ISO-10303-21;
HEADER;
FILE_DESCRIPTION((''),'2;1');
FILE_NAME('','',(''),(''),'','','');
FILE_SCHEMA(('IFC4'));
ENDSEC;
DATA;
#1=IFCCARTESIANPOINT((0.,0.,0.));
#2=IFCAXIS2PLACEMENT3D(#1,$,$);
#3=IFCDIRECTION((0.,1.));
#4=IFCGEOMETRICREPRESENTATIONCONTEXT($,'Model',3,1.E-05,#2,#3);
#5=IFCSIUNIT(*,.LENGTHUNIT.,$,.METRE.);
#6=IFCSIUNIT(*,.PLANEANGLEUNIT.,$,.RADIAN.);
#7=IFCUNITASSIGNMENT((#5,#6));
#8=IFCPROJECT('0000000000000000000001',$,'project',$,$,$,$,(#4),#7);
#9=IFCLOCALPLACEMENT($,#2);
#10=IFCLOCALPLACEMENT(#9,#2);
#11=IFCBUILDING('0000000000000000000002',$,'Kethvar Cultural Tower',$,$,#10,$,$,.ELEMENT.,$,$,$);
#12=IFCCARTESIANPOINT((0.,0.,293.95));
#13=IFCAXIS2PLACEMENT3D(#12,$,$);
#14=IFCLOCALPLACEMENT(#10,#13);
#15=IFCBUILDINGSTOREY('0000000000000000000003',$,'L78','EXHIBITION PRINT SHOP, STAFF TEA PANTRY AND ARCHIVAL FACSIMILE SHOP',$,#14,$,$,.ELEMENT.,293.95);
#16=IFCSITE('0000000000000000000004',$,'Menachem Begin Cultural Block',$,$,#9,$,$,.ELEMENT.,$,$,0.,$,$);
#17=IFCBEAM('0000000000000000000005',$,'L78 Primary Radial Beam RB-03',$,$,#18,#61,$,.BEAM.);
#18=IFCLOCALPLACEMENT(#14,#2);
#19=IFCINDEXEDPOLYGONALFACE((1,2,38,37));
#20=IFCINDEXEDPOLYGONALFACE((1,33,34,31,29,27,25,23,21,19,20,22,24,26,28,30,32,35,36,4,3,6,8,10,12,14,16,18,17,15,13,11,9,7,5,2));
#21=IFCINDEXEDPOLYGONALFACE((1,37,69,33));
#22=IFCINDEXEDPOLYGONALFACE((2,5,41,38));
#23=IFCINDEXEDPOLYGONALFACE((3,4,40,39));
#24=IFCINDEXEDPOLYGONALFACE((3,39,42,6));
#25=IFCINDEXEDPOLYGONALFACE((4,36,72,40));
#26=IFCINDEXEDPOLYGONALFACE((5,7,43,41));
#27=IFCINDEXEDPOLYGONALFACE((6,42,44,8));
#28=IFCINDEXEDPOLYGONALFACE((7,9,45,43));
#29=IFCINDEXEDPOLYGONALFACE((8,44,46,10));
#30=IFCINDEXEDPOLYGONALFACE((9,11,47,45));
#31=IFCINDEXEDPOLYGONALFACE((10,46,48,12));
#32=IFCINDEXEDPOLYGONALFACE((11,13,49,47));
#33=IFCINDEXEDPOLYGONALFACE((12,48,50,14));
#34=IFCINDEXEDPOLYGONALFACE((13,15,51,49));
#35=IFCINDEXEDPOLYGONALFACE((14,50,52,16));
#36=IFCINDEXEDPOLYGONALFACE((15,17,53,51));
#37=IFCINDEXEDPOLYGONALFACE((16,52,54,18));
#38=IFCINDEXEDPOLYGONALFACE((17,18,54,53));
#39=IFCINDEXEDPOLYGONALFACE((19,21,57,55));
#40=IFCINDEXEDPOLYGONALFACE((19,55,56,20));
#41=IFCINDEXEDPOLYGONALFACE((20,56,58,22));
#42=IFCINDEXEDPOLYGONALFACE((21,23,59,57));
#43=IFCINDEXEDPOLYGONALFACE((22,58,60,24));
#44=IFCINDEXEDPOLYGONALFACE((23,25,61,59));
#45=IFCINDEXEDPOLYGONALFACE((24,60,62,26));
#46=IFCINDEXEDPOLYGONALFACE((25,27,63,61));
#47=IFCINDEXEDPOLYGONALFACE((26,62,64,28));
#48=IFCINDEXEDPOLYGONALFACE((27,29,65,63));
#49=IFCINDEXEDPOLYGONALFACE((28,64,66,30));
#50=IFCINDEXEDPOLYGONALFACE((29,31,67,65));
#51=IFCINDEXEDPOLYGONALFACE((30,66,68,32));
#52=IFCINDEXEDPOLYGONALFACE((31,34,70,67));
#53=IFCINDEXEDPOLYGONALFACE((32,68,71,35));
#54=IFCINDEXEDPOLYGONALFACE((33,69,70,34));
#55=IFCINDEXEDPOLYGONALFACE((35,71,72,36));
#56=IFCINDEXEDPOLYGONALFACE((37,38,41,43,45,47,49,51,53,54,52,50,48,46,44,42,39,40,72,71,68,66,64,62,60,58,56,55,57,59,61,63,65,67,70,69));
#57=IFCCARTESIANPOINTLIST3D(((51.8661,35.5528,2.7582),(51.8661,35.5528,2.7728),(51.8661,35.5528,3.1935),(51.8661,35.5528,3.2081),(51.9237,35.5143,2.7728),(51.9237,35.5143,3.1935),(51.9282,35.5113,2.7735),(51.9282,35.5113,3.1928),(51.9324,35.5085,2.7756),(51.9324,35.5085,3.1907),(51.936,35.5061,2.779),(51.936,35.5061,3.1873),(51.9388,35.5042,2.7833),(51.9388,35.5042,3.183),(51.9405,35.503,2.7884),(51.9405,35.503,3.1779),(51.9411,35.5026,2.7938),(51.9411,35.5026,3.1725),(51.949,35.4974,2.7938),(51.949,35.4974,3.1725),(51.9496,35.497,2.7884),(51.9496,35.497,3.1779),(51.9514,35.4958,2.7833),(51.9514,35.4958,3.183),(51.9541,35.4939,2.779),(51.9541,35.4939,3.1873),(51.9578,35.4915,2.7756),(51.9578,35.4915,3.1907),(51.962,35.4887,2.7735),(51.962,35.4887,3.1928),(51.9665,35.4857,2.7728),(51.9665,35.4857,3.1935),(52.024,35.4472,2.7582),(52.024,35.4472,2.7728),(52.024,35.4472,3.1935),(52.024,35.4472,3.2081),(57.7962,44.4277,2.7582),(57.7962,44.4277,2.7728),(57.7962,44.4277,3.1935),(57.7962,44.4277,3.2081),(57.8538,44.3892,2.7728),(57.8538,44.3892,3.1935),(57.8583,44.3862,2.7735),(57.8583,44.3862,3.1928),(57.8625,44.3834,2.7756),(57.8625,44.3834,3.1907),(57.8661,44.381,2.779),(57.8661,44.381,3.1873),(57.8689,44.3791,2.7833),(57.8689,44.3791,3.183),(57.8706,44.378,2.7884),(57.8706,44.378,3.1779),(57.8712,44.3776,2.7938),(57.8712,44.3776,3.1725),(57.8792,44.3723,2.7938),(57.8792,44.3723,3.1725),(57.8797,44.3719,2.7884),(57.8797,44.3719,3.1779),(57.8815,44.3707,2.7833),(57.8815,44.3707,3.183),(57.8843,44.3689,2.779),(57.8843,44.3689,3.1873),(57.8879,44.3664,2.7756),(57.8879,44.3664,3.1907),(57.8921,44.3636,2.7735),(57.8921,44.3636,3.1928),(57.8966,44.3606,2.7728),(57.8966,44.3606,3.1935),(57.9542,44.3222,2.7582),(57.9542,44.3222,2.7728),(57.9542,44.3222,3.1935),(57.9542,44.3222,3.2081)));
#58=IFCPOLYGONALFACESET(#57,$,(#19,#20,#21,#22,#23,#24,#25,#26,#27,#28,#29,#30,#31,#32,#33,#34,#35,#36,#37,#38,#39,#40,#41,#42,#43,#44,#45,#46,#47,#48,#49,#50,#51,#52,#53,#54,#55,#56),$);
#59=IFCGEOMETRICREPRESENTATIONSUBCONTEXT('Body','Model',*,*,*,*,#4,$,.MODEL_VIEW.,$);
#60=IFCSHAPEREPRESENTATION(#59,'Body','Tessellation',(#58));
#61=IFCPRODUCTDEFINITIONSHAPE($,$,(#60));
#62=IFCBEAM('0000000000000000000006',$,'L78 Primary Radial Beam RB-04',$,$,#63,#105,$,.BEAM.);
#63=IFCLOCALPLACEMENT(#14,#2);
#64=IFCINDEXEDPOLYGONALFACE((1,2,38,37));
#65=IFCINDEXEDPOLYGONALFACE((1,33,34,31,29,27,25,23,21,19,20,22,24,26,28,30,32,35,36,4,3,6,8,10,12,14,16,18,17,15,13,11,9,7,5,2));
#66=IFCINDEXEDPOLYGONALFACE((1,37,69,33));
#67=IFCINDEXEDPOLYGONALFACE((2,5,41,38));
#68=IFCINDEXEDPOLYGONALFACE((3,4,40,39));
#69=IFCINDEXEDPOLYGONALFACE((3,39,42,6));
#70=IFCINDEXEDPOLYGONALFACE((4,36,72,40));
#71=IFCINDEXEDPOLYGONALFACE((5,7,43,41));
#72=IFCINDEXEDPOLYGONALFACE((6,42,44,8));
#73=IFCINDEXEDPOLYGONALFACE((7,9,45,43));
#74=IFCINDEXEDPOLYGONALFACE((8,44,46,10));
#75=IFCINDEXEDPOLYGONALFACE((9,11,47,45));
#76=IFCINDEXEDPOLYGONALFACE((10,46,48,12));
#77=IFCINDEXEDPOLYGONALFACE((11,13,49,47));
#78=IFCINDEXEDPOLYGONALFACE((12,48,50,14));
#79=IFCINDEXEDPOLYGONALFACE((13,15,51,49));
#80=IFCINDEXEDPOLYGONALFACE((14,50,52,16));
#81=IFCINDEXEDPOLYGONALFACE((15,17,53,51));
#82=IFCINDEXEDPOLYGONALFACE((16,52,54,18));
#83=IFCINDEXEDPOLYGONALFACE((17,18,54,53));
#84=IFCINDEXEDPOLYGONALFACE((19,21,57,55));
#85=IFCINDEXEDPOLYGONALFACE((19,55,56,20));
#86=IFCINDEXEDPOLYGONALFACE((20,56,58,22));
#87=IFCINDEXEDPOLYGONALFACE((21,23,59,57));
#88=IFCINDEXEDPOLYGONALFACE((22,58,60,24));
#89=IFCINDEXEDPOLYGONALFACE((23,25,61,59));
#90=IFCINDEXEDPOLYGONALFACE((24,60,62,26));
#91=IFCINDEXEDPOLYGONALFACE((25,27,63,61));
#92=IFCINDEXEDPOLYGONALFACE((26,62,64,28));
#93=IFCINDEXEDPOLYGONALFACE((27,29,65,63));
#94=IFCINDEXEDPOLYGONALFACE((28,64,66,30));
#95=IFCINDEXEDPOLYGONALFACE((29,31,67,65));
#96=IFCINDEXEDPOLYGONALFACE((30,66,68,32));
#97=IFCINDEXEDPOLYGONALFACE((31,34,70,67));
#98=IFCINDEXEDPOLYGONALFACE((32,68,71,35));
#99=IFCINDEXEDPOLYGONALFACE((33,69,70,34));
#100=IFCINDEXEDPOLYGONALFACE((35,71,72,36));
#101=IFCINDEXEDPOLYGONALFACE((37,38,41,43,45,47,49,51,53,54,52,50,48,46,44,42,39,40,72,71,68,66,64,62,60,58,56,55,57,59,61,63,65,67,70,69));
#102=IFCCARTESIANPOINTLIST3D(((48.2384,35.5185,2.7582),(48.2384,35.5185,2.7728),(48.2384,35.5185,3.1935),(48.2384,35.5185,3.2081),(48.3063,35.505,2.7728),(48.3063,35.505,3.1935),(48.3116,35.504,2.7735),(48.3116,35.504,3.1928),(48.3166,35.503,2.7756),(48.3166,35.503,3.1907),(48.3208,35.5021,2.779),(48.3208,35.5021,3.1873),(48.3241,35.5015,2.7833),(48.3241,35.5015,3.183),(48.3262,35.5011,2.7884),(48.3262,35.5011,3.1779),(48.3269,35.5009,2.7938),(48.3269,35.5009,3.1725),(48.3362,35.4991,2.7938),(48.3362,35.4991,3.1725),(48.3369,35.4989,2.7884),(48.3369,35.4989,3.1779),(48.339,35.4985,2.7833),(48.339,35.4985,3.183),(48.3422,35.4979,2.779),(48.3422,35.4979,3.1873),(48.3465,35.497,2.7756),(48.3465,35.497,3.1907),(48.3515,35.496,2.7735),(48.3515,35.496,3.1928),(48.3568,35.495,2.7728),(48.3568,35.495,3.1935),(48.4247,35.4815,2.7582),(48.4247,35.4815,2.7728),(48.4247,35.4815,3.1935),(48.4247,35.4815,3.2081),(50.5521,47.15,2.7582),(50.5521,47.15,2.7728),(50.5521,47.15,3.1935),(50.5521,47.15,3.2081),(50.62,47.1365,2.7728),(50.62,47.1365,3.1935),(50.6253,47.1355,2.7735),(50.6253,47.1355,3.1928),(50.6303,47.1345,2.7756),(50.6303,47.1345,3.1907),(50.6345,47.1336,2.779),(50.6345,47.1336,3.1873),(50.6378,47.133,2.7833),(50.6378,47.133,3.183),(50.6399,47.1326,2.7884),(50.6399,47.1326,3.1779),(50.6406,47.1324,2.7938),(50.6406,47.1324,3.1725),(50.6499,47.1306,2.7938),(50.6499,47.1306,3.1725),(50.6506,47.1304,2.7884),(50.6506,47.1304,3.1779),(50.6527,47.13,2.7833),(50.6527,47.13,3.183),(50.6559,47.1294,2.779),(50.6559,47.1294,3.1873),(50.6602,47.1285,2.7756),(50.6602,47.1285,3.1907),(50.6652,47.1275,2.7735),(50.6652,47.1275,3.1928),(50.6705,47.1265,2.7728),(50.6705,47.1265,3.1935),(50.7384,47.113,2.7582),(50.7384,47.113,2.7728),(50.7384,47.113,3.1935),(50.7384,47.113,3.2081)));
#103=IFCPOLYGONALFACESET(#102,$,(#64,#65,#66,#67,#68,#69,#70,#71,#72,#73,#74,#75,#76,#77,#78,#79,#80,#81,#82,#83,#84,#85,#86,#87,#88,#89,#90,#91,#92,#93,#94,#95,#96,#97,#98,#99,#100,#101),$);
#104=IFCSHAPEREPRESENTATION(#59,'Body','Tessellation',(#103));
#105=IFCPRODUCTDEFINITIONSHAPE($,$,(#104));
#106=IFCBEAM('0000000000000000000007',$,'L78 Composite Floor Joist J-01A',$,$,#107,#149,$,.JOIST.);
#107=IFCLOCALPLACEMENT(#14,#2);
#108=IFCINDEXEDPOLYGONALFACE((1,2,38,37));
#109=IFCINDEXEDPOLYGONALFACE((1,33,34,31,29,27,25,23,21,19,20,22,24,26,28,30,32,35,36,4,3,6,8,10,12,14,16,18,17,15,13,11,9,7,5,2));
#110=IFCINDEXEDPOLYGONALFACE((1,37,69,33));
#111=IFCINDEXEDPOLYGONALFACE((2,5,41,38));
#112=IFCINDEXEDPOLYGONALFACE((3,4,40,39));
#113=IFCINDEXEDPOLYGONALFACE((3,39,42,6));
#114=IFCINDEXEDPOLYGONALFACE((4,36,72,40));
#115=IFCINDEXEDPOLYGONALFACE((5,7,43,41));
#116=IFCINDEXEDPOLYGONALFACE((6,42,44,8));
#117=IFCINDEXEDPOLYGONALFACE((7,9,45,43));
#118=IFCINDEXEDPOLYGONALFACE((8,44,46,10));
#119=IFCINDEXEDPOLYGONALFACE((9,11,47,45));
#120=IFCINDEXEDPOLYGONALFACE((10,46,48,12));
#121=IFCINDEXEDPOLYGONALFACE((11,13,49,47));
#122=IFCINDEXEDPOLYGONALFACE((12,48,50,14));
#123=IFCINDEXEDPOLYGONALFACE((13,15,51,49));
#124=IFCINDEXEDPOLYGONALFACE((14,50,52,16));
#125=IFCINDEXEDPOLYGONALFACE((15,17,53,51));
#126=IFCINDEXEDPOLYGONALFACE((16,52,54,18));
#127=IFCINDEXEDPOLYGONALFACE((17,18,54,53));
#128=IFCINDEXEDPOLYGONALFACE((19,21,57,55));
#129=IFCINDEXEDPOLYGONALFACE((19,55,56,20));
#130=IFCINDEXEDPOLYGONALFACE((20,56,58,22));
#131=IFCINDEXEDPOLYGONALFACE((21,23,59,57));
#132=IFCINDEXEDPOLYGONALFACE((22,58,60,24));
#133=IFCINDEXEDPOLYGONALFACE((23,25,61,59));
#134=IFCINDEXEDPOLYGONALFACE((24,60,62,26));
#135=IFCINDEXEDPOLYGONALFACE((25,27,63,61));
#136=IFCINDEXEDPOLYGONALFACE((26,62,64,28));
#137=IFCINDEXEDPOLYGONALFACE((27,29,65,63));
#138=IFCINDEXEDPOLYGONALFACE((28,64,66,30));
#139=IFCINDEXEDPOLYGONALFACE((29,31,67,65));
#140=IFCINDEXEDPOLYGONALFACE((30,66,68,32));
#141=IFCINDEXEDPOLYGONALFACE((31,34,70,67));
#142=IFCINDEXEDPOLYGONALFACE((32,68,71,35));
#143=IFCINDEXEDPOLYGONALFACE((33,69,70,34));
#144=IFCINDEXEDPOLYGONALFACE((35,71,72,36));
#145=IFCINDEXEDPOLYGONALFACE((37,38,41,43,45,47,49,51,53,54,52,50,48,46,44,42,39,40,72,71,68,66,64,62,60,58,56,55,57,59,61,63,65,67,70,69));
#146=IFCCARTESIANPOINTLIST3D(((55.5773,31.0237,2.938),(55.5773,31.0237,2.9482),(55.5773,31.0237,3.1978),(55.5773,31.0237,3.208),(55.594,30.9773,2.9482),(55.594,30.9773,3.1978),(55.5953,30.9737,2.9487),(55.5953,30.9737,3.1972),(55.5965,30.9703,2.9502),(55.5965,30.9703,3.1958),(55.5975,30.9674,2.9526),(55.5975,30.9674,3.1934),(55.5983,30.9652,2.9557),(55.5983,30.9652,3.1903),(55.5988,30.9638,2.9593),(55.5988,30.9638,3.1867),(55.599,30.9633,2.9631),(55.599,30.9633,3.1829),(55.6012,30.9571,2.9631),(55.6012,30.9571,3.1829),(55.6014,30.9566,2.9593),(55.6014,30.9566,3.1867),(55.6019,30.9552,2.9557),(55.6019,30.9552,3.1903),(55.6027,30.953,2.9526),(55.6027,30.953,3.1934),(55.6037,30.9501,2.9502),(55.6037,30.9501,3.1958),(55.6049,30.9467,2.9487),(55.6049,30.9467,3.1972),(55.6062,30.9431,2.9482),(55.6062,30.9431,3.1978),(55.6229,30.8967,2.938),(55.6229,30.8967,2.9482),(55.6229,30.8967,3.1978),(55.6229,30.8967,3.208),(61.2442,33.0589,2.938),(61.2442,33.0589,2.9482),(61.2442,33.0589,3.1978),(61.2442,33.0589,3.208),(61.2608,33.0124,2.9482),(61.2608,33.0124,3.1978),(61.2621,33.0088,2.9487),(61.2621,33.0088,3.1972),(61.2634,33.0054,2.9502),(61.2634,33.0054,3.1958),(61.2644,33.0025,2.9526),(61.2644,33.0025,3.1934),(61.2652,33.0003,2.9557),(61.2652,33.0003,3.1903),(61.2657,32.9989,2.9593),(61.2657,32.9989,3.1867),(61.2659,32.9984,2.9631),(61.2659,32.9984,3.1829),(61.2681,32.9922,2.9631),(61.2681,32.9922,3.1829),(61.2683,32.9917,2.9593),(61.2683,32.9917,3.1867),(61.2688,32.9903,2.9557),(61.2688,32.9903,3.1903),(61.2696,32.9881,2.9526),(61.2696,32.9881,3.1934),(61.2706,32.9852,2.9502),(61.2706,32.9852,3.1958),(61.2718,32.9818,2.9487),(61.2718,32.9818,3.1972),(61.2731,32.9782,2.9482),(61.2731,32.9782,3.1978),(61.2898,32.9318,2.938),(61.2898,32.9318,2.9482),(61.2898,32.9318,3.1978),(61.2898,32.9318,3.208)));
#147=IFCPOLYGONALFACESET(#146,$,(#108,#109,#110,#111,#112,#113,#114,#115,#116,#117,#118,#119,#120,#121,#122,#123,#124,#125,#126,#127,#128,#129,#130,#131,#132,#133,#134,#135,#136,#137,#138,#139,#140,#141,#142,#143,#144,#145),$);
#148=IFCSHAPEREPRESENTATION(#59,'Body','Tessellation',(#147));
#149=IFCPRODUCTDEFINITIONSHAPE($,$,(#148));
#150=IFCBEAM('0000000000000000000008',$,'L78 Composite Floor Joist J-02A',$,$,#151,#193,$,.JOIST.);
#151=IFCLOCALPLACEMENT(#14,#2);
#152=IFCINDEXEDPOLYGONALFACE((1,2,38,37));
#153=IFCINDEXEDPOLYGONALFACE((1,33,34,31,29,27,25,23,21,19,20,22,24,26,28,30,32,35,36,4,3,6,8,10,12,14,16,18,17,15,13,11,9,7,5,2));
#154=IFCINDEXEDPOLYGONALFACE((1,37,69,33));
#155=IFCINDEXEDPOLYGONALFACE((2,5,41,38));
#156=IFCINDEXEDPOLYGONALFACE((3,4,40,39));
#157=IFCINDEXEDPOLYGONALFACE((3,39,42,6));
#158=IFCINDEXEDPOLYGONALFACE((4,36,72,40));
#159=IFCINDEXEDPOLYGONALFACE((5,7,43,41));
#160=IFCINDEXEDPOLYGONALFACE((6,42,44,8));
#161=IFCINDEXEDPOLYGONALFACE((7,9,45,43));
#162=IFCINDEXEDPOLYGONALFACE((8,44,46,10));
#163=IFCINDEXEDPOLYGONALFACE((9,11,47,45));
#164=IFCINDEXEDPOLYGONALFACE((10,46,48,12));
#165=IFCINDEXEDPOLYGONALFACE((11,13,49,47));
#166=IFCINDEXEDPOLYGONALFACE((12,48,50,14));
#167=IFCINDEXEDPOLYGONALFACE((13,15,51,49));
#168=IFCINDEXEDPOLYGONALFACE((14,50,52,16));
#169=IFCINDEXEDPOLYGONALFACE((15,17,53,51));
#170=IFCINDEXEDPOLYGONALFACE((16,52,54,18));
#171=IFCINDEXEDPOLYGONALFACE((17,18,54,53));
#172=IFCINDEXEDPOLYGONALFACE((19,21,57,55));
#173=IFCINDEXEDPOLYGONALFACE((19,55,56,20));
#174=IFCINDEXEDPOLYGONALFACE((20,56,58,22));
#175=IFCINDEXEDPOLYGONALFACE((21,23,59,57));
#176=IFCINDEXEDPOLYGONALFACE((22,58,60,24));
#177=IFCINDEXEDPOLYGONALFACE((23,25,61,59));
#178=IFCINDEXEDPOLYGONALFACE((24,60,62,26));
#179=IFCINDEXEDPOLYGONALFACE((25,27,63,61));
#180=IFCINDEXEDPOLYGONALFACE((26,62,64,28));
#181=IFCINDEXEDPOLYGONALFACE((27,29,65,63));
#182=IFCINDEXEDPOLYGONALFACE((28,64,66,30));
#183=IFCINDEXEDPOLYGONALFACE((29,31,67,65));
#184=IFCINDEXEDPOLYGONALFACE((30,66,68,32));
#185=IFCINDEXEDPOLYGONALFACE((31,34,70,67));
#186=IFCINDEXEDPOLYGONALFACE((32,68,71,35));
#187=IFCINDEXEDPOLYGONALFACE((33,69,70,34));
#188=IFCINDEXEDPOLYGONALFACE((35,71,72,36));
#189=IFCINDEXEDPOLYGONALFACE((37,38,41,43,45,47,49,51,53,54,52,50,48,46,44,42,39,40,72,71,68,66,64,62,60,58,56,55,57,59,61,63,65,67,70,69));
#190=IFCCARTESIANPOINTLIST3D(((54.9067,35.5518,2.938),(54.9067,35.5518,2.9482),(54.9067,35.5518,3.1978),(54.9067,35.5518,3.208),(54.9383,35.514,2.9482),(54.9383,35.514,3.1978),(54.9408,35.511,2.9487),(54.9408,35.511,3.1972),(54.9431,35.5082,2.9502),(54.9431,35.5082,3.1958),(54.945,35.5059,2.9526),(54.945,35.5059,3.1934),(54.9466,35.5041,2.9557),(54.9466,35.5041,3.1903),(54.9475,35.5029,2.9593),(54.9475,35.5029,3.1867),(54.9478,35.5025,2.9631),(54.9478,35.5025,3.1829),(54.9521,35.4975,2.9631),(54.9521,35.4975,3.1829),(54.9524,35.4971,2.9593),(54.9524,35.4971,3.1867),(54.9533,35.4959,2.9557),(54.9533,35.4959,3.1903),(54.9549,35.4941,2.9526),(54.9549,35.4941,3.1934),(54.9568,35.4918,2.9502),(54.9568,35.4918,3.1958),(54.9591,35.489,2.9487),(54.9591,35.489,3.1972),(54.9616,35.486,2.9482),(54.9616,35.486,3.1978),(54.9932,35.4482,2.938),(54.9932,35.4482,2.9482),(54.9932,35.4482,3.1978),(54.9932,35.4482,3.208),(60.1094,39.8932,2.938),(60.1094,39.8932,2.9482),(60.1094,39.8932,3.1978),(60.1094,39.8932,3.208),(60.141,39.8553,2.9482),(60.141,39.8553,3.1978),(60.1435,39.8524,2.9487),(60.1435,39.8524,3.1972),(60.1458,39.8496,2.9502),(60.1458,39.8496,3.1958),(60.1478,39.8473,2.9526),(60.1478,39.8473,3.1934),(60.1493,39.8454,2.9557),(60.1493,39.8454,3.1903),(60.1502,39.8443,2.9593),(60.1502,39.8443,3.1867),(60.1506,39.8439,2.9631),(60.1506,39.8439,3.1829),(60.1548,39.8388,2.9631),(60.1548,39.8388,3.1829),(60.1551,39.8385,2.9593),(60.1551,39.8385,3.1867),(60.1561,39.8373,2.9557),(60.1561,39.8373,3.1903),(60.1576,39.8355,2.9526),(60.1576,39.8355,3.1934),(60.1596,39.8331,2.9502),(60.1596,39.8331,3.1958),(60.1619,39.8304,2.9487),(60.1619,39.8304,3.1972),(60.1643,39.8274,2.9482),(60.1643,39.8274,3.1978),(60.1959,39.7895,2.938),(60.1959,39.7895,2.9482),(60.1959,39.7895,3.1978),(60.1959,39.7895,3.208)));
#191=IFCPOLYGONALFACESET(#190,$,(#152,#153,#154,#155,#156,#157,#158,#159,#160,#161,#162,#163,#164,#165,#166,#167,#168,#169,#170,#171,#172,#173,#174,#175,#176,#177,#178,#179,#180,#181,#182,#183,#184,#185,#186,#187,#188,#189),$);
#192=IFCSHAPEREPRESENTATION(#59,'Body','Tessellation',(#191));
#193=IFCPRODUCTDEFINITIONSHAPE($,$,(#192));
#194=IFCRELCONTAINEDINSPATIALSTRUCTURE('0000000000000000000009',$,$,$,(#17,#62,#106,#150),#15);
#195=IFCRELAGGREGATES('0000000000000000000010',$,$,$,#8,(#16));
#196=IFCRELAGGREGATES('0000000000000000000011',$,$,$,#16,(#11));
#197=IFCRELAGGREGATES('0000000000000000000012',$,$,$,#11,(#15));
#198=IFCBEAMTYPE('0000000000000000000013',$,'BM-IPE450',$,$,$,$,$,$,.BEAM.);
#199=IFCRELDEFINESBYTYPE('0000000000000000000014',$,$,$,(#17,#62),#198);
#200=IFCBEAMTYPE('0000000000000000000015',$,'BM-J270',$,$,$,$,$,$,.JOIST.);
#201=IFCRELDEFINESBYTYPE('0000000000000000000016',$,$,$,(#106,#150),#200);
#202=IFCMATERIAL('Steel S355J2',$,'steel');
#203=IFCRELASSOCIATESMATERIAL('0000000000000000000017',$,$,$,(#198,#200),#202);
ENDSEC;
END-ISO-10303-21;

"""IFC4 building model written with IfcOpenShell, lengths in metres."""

from ifc_helpers import new_model, si_unit, direction, frame, origin, origin_2d, place, context, subcontext, project, spatial, i_section, extrude, source, transform, mapped, material, material_profile, profile_set, type_object, element, save


model = new_model("IFC4")

# Units and contexts
model_context = context("Model", 3, precision=1e-05, world=origin(), true_north=direction((0.0, 1.0)))
body_context = subcontext(model_context, "Body", "Model", "MODEL_VIEW")
ifc_project = project(units=[si_unit("LENGTHUNIT", "METRE"), si_unit("PLANEANGLEUNIT", "RADIAN")], contexts=[model_context])

# Site, building, storey
site_placement = place(None, origin())
site = spatial("IfcSite", under=ifc_project, at=site_placement, Name="Menachem Begin Cultural Block", CompositionType="ELEMENT", RefElevation=0.0)
building_placement = place(site_placement, origin())
building = spatial("IfcBuilding", under=site, at=building_placement, Name="Kethvar Cultural Tower", CompositionType="ELEMENT")
storey_placement = place(building_placement, frame((0.0, 0.0, 293.95)))
storey = spatial("IfcBuildingStorey", under=building, at=storey_placement, Name="L78", Description="EXHIBITION PRINT SHOP, STAFF TEA PANTRY AND ARCHIVAL FACSIMILE SHOP", CompositionType="ELEMENT", Elevation=293.95)

# Beams
ifc_material_1 = material(Name="Steel S355J2", Category="steel")
ifc_material_profile_1 = material_profile(ifc_material_1, i_section(OverallWidth=0.1899, OverallDepth=0.45, WebThickness=0.0095, FlangeThickness=0.0146, FilletRadius=0.021, at=origin_2d()), Name="Steel S355J2 — IPE450")
ifc_profile_set_1 = profile_set([ifc_material_profile_1], Name="Steel S355J2 — IPE450")
beam_type_1 = type_object("IfcBeamType", Name="BM-IPE450", PredefinedType="BEAM", material=ifc_profile_set_1)
shared_shape_1 = source(origin(), body_context, "Body", "SweptSolid", [
    extrude(i_section(OverallWidth=0.1899, OverallDepth=0.45, WebThickness=0.0095, FlangeThickness=0.0146, FilletRadius=0.021, at=origin_2d()), origin(), (0.0, 0.0, 1.0), 10.6738),
])
beam_1_placement = place(storey_placement, frame((51.9451, 35.5, 2.9832), z_axis=(0.555576, 0.831466, 0.0), x_axis=(-0.831466, 0.555576, 0.0)))
element("IfcBeam", 1, at=beam_1_placement, inside=storey, type_object=beam_type_1, Name="L78 Primary Radial Beam RB-03", PredefinedType="BEAM", context=body_context, shape_type="MappedRepresentation", body=[
    mapped(shared_shape_1, transform((0.0, 0.0, 0.0), scale=1.0)),
])
shared_shape_2 = source(origin(), body_context, "Body", "SweptSolid", [
    extrude(i_section(OverallWidth=0.1899, OverallDepth=0.45, WebThickness=0.0095, FlangeThickness=0.0146, FilletRadius=0.021, at=origin_2d()), origin(), (0.0, 0.0, 1.0), 11.8594),
])
beam_2_placement = place(storey_placement, frame((48.3315, 35.5, 2.9832), z_axis=(0.195095, 0.980784, 0.0), x_axis=(-0.980784, 0.195095, 0.0)))
element("IfcBeam", 2, at=beam_2_placement, inside=storey, type_object=beam_type_1, Name="L78 Primary Radial Beam RB-04", PredefinedType="BEAM", context=body_context, shape_type="MappedRepresentation", body=[
    mapped(shared_shape_2, transform((0.0, 0.0, 0.0), scale=1.0)),
])
ifc_material_profile_2 = material_profile(ifc_material_1, i_section(OverallWidth=0.135, OverallDepth=0.27, WebThickness=0.0066, FlangeThickness=0.0103, FilletRadius=0.0149, at=origin_2d()), Name="Steel S355J2 — IPE270")
ifc_profile_set_2 = profile_set([ifc_material_profile_2], Name="Steel S355J2 — IPE270")
beam_type_2 = type_object("IfcBeamType", Name="BM-J270", PredefinedType="JOIST", material=ifc_profile_set_2)
shared_shape_3 = source(origin(), body_context, "Body", "SweptSolid", [
    extrude(i_section(OverallWidth=0.135, OverallDepth=0.27, WebThickness=0.0066, FlangeThickness=0.0103, FilletRadius=0.0149, at=origin_2d()), origin(), (0.0, 0.0, 1.0), 6.0212),
])
beam_3_placement = place(storey_placement, frame((55.6001, 30.9602, 3.073), z_axis=(0.94115, 0.33799, 0.0), x_axis=(-0.33799, 0.94115, 0.0)))
element("IfcBeam", 3, at=beam_3_placement, inside=storey, type_object=beam_type_2, Name="L78 Composite Floor Joist J-01A", PredefinedType="JOIST", context=body_context, shape_type="MappedRepresentation", body=[
    mapped(shared_shape_3, transform((0.0, 0.0, 0.0), scale=1.0)),
])
shared_shape_4 = source(origin(), body_context, "Body", "SweptSolid", [
    extrude(i_section(OverallWidth=0.135, OverallDepth=0.27, WebThickness=0.0066, FlangeThickness=0.0103, FilletRadius=0.0149, at=origin_2d()), origin(), (0.0, 0.0, 1.0), 6.7761),
])
beam_4_placement = place(storey_placement, frame((54.95, 35.5, 3.073), z_axis=(0.767802, 0.640688, 0.0), x_axis=(-0.640688, 0.767802, 0.0)))
element("IfcBeam", 4, at=beam_4_placement, inside=storey, type_object=beam_type_2, Name="L78 Composite Floor Joist J-02A", PredefinedType="JOIST", context=body_context, shape_type="MappedRepresentation", body=[
    mapped(shared_shape_4, transform((0.0, 0.0, 0.0), scale=1.0)),
])

save(model, "model.ifc")
